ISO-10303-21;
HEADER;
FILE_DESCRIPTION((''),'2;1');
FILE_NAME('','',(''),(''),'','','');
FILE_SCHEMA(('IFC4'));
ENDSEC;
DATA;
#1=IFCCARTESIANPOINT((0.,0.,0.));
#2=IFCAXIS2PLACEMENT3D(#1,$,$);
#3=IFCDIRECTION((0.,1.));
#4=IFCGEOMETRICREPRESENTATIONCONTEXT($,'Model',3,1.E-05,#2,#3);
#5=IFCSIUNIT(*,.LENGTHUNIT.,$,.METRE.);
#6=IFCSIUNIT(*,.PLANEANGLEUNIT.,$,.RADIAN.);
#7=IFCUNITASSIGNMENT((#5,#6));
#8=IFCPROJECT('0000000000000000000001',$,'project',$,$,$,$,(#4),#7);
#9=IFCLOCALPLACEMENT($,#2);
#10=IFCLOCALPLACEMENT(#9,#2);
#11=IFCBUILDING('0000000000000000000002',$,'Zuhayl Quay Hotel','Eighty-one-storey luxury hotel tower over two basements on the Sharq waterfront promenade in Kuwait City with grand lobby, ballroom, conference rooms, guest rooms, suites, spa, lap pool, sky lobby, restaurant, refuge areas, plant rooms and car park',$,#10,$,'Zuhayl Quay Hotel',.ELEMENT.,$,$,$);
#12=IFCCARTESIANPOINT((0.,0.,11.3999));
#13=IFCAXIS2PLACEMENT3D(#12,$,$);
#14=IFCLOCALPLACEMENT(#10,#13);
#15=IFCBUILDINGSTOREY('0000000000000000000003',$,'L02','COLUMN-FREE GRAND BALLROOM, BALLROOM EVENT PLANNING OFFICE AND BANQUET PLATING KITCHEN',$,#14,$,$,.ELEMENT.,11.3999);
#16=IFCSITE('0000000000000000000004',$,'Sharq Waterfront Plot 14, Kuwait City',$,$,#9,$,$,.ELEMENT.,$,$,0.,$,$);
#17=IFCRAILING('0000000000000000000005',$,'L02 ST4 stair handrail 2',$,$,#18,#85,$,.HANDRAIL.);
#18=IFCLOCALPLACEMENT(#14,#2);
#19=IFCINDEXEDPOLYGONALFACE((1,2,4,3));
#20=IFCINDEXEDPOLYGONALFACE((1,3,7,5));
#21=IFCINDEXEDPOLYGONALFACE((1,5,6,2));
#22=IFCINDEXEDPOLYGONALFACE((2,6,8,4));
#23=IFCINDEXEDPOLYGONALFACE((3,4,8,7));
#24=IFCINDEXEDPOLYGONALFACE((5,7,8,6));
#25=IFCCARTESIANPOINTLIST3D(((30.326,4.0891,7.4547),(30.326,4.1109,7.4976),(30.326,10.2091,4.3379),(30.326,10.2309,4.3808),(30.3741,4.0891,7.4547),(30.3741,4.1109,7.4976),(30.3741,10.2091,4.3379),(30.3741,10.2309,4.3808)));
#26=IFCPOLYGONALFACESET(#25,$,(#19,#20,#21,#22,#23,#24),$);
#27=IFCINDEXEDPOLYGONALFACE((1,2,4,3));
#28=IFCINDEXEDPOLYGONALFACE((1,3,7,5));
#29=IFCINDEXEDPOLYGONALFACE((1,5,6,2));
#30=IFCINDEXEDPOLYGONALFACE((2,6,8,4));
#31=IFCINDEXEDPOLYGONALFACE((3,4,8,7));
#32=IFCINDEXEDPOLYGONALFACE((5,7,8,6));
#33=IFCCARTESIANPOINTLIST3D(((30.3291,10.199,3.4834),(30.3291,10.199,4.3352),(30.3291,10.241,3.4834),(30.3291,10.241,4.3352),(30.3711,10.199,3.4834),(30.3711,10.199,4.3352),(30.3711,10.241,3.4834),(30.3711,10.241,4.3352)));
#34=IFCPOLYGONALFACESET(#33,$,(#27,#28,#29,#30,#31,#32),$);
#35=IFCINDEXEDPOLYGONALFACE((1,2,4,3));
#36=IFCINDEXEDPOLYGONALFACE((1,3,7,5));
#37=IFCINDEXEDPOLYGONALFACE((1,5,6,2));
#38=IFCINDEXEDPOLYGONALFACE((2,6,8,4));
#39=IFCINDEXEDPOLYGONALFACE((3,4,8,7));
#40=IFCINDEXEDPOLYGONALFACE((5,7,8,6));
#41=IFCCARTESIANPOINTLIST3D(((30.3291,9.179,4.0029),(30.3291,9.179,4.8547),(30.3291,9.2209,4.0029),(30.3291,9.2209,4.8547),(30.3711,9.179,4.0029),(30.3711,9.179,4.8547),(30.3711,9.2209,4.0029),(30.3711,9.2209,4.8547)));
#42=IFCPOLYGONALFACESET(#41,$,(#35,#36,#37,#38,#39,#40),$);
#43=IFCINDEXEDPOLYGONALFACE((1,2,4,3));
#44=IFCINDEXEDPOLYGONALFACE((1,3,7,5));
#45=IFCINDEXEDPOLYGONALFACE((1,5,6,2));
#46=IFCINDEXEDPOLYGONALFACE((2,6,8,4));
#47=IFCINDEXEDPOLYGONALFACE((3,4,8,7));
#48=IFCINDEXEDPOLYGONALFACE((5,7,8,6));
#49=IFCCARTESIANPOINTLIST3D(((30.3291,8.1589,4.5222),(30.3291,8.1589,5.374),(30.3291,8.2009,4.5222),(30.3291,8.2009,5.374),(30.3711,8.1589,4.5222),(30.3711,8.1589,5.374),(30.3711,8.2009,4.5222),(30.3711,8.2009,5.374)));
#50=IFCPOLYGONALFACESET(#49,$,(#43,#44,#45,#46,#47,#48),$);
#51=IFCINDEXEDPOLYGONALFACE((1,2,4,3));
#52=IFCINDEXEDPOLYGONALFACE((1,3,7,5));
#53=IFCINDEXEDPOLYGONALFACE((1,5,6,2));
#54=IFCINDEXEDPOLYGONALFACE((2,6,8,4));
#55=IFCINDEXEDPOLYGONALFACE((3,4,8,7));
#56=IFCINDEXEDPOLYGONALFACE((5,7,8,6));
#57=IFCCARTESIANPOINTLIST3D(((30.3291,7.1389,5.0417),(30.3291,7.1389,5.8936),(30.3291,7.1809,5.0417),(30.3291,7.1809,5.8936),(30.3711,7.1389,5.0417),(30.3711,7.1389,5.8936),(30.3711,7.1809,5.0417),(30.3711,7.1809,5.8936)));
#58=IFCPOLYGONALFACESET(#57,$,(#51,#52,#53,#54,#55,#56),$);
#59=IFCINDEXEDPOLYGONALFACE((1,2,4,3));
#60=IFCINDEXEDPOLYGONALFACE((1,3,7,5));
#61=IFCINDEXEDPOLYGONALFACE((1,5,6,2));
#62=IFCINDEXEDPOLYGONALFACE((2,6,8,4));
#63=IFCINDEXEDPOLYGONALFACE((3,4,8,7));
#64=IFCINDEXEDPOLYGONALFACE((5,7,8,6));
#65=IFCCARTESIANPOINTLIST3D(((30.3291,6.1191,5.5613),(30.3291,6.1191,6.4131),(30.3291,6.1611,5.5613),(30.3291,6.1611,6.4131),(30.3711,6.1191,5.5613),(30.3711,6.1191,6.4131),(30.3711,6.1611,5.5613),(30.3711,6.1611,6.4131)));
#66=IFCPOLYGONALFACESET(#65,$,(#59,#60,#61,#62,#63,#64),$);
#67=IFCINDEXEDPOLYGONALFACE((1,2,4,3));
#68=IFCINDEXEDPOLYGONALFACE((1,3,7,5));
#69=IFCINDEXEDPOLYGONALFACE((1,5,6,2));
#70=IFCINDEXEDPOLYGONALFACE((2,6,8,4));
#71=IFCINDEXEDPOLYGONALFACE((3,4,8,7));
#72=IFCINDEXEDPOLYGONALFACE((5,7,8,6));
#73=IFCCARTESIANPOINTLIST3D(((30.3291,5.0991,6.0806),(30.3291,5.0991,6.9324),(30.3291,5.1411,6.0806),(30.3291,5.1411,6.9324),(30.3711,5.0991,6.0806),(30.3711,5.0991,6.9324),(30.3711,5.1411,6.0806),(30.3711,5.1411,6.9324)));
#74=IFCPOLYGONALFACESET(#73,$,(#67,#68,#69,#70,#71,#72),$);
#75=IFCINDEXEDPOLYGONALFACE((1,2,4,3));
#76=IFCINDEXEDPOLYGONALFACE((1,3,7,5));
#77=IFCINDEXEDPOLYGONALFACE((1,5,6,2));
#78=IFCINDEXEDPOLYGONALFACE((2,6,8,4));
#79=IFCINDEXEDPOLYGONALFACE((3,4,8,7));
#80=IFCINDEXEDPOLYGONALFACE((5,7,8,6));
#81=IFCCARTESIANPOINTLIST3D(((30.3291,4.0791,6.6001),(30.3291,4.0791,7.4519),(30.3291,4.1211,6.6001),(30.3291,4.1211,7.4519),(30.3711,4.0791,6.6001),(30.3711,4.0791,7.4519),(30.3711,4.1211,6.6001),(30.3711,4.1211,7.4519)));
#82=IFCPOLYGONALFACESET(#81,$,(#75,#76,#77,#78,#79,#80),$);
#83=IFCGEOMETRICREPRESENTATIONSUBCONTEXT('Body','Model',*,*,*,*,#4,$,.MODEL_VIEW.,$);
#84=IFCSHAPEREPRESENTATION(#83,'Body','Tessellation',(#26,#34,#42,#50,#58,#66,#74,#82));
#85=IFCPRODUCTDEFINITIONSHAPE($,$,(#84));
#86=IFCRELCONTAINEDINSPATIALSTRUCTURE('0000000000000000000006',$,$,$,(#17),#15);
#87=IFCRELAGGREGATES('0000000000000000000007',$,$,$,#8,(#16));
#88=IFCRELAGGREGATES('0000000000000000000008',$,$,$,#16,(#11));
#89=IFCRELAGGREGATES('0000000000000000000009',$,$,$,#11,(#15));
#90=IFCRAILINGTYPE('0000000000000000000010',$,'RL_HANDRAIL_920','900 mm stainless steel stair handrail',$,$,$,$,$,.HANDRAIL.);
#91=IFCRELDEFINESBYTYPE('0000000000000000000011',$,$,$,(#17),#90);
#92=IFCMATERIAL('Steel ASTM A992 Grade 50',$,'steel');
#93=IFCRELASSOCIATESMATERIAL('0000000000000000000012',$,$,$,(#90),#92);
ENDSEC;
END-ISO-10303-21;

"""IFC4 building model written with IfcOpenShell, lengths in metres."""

from ifc_helpers import new_model, si_unit, direction, frame, origin, origin_2d, place, context, subcontext, project, spatial, rectangle, extrude, material, type_object, element, save


model = new_model("IFC4")

# Units and contexts
model_context = context("Model", 3, precision=1e-05, world=origin(), true_north=direction((0.0, 1.0)))
body_context = subcontext(model_context, "Body", "Model", "MODEL_VIEW")
ifc_project = project(units=[si_unit("LENGTHUNIT", "METRE"), si_unit("PLANEANGLEUNIT", "RADIAN")], contexts=[model_context])

# Site, building, storey
site_placement = place(None, origin())
site = spatial("IfcSite", under=ifc_project, at=site_placement, Name="Sharq Waterfront Plot 14, Kuwait City", CompositionType="ELEMENT", RefElevation=0.0)
building_placement = place(site_placement, origin())
building = spatial("IfcBuilding", under=site, at=building_placement, Name="Zuhayl Quay Hotel", Description="Eighty-one-storey luxury hotel tower over two basements on the Sharq waterfront promenade in Kuwait City with grand lobby, ballroom, conference rooms, guest rooms, suites, spa, lap pool, sky lobby, restaurant, refuge areas, plant rooms and car park", LongName="Zuhayl Quay Hotel", CompositionType="ELEMENT")
storey_placement = place(building_placement, frame((0.0, 0.0, 11.3999)))
storey = spatial("IfcBuildingStorey", under=building, at=storey_placement, Name="L02", Description="COLUMN-FREE GRAND BALLROOM, BALLROOM EVENT PLANNING OFFICE AND BANQUET PLATING KITCHEN", CompositionType="ELEMENT", Elevation=11.3999)

# Shared definitions
ifc_material_1 = material(Name="Steel ASTM A992 Grade 50", Category="steel")

# Railing
railing_type_1 = type_object("IfcRailingType", Name="RL_HANDRAIL_920", Description="900 mm stainless steel stair handrail", PredefinedType="HANDRAIL", material=ifc_material_1)
railing_1_placement = place(storey_placement, frame((30.3501, 10.22, 3.4834)))
element("IfcRailing", 1, at=railing_1_placement, inside=storey, type_object=railing_type_1, Name="L02 ST4 stair handrail 2", PredefinedType="HANDRAIL", context=body_context, shape_type="SweptSolid", body=[
    extrude(rectangle(XDim=0.0481, YDim=0.0481, at=origin_2d()), frame((0.0, 0.0, 0.876), z_axis=(0.0, -0.891097, 0.453813), x_axis=(1.0, 0.0, 0.0)), (0.0, 0.0, 1.0), 6.8679),
    extrude(rectangle(XDim=0.042, YDim=0.042, at=origin_2d()), origin(), (0.0, 0.0, 1.0), 0.8518),
    extrude(rectangle(XDim=0.042, YDim=0.042, at=origin_2d()), frame((0.0, -1.02, 0.5195)), (0.0, 0.0, 1.0), 0.8518),
    extrude(rectangle(XDim=0.042, YDim=0.042, at=origin_2d()), frame((0.0, -2.04, 1.0388)), (0.0, 0.0, 1.0), 0.8518),
    extrude(rectangle(XDim=0.042, YDim=0.042, at=origin_2d()), frame((0.0, -3.0601, 1.5583)), (0.0, 0.0, 1.0), 0.8518),
    extrude(rectangle(XDim=0.042, YDim=0.042, at=origin_2d()), frame((0.0, -4.0798, 2.0779)), (0.0, 0.0, 1.0), 0.8518),
    extrude(rectangle(XDim=0.042, YDim=0.042, at=origin_2d()), frame((0.0, -5.0999, 2.5972)), (0.0, 0.0, 1.0), 0.8518),
    extrude(rectangle(XDim=0.042, YDim=0.042, at=origin_2d()), frame((0.0, -6.1199, 3.1167)), (0.0, 0.0, 1.0), 0.8518),
])

save(model, "model.ifc")
